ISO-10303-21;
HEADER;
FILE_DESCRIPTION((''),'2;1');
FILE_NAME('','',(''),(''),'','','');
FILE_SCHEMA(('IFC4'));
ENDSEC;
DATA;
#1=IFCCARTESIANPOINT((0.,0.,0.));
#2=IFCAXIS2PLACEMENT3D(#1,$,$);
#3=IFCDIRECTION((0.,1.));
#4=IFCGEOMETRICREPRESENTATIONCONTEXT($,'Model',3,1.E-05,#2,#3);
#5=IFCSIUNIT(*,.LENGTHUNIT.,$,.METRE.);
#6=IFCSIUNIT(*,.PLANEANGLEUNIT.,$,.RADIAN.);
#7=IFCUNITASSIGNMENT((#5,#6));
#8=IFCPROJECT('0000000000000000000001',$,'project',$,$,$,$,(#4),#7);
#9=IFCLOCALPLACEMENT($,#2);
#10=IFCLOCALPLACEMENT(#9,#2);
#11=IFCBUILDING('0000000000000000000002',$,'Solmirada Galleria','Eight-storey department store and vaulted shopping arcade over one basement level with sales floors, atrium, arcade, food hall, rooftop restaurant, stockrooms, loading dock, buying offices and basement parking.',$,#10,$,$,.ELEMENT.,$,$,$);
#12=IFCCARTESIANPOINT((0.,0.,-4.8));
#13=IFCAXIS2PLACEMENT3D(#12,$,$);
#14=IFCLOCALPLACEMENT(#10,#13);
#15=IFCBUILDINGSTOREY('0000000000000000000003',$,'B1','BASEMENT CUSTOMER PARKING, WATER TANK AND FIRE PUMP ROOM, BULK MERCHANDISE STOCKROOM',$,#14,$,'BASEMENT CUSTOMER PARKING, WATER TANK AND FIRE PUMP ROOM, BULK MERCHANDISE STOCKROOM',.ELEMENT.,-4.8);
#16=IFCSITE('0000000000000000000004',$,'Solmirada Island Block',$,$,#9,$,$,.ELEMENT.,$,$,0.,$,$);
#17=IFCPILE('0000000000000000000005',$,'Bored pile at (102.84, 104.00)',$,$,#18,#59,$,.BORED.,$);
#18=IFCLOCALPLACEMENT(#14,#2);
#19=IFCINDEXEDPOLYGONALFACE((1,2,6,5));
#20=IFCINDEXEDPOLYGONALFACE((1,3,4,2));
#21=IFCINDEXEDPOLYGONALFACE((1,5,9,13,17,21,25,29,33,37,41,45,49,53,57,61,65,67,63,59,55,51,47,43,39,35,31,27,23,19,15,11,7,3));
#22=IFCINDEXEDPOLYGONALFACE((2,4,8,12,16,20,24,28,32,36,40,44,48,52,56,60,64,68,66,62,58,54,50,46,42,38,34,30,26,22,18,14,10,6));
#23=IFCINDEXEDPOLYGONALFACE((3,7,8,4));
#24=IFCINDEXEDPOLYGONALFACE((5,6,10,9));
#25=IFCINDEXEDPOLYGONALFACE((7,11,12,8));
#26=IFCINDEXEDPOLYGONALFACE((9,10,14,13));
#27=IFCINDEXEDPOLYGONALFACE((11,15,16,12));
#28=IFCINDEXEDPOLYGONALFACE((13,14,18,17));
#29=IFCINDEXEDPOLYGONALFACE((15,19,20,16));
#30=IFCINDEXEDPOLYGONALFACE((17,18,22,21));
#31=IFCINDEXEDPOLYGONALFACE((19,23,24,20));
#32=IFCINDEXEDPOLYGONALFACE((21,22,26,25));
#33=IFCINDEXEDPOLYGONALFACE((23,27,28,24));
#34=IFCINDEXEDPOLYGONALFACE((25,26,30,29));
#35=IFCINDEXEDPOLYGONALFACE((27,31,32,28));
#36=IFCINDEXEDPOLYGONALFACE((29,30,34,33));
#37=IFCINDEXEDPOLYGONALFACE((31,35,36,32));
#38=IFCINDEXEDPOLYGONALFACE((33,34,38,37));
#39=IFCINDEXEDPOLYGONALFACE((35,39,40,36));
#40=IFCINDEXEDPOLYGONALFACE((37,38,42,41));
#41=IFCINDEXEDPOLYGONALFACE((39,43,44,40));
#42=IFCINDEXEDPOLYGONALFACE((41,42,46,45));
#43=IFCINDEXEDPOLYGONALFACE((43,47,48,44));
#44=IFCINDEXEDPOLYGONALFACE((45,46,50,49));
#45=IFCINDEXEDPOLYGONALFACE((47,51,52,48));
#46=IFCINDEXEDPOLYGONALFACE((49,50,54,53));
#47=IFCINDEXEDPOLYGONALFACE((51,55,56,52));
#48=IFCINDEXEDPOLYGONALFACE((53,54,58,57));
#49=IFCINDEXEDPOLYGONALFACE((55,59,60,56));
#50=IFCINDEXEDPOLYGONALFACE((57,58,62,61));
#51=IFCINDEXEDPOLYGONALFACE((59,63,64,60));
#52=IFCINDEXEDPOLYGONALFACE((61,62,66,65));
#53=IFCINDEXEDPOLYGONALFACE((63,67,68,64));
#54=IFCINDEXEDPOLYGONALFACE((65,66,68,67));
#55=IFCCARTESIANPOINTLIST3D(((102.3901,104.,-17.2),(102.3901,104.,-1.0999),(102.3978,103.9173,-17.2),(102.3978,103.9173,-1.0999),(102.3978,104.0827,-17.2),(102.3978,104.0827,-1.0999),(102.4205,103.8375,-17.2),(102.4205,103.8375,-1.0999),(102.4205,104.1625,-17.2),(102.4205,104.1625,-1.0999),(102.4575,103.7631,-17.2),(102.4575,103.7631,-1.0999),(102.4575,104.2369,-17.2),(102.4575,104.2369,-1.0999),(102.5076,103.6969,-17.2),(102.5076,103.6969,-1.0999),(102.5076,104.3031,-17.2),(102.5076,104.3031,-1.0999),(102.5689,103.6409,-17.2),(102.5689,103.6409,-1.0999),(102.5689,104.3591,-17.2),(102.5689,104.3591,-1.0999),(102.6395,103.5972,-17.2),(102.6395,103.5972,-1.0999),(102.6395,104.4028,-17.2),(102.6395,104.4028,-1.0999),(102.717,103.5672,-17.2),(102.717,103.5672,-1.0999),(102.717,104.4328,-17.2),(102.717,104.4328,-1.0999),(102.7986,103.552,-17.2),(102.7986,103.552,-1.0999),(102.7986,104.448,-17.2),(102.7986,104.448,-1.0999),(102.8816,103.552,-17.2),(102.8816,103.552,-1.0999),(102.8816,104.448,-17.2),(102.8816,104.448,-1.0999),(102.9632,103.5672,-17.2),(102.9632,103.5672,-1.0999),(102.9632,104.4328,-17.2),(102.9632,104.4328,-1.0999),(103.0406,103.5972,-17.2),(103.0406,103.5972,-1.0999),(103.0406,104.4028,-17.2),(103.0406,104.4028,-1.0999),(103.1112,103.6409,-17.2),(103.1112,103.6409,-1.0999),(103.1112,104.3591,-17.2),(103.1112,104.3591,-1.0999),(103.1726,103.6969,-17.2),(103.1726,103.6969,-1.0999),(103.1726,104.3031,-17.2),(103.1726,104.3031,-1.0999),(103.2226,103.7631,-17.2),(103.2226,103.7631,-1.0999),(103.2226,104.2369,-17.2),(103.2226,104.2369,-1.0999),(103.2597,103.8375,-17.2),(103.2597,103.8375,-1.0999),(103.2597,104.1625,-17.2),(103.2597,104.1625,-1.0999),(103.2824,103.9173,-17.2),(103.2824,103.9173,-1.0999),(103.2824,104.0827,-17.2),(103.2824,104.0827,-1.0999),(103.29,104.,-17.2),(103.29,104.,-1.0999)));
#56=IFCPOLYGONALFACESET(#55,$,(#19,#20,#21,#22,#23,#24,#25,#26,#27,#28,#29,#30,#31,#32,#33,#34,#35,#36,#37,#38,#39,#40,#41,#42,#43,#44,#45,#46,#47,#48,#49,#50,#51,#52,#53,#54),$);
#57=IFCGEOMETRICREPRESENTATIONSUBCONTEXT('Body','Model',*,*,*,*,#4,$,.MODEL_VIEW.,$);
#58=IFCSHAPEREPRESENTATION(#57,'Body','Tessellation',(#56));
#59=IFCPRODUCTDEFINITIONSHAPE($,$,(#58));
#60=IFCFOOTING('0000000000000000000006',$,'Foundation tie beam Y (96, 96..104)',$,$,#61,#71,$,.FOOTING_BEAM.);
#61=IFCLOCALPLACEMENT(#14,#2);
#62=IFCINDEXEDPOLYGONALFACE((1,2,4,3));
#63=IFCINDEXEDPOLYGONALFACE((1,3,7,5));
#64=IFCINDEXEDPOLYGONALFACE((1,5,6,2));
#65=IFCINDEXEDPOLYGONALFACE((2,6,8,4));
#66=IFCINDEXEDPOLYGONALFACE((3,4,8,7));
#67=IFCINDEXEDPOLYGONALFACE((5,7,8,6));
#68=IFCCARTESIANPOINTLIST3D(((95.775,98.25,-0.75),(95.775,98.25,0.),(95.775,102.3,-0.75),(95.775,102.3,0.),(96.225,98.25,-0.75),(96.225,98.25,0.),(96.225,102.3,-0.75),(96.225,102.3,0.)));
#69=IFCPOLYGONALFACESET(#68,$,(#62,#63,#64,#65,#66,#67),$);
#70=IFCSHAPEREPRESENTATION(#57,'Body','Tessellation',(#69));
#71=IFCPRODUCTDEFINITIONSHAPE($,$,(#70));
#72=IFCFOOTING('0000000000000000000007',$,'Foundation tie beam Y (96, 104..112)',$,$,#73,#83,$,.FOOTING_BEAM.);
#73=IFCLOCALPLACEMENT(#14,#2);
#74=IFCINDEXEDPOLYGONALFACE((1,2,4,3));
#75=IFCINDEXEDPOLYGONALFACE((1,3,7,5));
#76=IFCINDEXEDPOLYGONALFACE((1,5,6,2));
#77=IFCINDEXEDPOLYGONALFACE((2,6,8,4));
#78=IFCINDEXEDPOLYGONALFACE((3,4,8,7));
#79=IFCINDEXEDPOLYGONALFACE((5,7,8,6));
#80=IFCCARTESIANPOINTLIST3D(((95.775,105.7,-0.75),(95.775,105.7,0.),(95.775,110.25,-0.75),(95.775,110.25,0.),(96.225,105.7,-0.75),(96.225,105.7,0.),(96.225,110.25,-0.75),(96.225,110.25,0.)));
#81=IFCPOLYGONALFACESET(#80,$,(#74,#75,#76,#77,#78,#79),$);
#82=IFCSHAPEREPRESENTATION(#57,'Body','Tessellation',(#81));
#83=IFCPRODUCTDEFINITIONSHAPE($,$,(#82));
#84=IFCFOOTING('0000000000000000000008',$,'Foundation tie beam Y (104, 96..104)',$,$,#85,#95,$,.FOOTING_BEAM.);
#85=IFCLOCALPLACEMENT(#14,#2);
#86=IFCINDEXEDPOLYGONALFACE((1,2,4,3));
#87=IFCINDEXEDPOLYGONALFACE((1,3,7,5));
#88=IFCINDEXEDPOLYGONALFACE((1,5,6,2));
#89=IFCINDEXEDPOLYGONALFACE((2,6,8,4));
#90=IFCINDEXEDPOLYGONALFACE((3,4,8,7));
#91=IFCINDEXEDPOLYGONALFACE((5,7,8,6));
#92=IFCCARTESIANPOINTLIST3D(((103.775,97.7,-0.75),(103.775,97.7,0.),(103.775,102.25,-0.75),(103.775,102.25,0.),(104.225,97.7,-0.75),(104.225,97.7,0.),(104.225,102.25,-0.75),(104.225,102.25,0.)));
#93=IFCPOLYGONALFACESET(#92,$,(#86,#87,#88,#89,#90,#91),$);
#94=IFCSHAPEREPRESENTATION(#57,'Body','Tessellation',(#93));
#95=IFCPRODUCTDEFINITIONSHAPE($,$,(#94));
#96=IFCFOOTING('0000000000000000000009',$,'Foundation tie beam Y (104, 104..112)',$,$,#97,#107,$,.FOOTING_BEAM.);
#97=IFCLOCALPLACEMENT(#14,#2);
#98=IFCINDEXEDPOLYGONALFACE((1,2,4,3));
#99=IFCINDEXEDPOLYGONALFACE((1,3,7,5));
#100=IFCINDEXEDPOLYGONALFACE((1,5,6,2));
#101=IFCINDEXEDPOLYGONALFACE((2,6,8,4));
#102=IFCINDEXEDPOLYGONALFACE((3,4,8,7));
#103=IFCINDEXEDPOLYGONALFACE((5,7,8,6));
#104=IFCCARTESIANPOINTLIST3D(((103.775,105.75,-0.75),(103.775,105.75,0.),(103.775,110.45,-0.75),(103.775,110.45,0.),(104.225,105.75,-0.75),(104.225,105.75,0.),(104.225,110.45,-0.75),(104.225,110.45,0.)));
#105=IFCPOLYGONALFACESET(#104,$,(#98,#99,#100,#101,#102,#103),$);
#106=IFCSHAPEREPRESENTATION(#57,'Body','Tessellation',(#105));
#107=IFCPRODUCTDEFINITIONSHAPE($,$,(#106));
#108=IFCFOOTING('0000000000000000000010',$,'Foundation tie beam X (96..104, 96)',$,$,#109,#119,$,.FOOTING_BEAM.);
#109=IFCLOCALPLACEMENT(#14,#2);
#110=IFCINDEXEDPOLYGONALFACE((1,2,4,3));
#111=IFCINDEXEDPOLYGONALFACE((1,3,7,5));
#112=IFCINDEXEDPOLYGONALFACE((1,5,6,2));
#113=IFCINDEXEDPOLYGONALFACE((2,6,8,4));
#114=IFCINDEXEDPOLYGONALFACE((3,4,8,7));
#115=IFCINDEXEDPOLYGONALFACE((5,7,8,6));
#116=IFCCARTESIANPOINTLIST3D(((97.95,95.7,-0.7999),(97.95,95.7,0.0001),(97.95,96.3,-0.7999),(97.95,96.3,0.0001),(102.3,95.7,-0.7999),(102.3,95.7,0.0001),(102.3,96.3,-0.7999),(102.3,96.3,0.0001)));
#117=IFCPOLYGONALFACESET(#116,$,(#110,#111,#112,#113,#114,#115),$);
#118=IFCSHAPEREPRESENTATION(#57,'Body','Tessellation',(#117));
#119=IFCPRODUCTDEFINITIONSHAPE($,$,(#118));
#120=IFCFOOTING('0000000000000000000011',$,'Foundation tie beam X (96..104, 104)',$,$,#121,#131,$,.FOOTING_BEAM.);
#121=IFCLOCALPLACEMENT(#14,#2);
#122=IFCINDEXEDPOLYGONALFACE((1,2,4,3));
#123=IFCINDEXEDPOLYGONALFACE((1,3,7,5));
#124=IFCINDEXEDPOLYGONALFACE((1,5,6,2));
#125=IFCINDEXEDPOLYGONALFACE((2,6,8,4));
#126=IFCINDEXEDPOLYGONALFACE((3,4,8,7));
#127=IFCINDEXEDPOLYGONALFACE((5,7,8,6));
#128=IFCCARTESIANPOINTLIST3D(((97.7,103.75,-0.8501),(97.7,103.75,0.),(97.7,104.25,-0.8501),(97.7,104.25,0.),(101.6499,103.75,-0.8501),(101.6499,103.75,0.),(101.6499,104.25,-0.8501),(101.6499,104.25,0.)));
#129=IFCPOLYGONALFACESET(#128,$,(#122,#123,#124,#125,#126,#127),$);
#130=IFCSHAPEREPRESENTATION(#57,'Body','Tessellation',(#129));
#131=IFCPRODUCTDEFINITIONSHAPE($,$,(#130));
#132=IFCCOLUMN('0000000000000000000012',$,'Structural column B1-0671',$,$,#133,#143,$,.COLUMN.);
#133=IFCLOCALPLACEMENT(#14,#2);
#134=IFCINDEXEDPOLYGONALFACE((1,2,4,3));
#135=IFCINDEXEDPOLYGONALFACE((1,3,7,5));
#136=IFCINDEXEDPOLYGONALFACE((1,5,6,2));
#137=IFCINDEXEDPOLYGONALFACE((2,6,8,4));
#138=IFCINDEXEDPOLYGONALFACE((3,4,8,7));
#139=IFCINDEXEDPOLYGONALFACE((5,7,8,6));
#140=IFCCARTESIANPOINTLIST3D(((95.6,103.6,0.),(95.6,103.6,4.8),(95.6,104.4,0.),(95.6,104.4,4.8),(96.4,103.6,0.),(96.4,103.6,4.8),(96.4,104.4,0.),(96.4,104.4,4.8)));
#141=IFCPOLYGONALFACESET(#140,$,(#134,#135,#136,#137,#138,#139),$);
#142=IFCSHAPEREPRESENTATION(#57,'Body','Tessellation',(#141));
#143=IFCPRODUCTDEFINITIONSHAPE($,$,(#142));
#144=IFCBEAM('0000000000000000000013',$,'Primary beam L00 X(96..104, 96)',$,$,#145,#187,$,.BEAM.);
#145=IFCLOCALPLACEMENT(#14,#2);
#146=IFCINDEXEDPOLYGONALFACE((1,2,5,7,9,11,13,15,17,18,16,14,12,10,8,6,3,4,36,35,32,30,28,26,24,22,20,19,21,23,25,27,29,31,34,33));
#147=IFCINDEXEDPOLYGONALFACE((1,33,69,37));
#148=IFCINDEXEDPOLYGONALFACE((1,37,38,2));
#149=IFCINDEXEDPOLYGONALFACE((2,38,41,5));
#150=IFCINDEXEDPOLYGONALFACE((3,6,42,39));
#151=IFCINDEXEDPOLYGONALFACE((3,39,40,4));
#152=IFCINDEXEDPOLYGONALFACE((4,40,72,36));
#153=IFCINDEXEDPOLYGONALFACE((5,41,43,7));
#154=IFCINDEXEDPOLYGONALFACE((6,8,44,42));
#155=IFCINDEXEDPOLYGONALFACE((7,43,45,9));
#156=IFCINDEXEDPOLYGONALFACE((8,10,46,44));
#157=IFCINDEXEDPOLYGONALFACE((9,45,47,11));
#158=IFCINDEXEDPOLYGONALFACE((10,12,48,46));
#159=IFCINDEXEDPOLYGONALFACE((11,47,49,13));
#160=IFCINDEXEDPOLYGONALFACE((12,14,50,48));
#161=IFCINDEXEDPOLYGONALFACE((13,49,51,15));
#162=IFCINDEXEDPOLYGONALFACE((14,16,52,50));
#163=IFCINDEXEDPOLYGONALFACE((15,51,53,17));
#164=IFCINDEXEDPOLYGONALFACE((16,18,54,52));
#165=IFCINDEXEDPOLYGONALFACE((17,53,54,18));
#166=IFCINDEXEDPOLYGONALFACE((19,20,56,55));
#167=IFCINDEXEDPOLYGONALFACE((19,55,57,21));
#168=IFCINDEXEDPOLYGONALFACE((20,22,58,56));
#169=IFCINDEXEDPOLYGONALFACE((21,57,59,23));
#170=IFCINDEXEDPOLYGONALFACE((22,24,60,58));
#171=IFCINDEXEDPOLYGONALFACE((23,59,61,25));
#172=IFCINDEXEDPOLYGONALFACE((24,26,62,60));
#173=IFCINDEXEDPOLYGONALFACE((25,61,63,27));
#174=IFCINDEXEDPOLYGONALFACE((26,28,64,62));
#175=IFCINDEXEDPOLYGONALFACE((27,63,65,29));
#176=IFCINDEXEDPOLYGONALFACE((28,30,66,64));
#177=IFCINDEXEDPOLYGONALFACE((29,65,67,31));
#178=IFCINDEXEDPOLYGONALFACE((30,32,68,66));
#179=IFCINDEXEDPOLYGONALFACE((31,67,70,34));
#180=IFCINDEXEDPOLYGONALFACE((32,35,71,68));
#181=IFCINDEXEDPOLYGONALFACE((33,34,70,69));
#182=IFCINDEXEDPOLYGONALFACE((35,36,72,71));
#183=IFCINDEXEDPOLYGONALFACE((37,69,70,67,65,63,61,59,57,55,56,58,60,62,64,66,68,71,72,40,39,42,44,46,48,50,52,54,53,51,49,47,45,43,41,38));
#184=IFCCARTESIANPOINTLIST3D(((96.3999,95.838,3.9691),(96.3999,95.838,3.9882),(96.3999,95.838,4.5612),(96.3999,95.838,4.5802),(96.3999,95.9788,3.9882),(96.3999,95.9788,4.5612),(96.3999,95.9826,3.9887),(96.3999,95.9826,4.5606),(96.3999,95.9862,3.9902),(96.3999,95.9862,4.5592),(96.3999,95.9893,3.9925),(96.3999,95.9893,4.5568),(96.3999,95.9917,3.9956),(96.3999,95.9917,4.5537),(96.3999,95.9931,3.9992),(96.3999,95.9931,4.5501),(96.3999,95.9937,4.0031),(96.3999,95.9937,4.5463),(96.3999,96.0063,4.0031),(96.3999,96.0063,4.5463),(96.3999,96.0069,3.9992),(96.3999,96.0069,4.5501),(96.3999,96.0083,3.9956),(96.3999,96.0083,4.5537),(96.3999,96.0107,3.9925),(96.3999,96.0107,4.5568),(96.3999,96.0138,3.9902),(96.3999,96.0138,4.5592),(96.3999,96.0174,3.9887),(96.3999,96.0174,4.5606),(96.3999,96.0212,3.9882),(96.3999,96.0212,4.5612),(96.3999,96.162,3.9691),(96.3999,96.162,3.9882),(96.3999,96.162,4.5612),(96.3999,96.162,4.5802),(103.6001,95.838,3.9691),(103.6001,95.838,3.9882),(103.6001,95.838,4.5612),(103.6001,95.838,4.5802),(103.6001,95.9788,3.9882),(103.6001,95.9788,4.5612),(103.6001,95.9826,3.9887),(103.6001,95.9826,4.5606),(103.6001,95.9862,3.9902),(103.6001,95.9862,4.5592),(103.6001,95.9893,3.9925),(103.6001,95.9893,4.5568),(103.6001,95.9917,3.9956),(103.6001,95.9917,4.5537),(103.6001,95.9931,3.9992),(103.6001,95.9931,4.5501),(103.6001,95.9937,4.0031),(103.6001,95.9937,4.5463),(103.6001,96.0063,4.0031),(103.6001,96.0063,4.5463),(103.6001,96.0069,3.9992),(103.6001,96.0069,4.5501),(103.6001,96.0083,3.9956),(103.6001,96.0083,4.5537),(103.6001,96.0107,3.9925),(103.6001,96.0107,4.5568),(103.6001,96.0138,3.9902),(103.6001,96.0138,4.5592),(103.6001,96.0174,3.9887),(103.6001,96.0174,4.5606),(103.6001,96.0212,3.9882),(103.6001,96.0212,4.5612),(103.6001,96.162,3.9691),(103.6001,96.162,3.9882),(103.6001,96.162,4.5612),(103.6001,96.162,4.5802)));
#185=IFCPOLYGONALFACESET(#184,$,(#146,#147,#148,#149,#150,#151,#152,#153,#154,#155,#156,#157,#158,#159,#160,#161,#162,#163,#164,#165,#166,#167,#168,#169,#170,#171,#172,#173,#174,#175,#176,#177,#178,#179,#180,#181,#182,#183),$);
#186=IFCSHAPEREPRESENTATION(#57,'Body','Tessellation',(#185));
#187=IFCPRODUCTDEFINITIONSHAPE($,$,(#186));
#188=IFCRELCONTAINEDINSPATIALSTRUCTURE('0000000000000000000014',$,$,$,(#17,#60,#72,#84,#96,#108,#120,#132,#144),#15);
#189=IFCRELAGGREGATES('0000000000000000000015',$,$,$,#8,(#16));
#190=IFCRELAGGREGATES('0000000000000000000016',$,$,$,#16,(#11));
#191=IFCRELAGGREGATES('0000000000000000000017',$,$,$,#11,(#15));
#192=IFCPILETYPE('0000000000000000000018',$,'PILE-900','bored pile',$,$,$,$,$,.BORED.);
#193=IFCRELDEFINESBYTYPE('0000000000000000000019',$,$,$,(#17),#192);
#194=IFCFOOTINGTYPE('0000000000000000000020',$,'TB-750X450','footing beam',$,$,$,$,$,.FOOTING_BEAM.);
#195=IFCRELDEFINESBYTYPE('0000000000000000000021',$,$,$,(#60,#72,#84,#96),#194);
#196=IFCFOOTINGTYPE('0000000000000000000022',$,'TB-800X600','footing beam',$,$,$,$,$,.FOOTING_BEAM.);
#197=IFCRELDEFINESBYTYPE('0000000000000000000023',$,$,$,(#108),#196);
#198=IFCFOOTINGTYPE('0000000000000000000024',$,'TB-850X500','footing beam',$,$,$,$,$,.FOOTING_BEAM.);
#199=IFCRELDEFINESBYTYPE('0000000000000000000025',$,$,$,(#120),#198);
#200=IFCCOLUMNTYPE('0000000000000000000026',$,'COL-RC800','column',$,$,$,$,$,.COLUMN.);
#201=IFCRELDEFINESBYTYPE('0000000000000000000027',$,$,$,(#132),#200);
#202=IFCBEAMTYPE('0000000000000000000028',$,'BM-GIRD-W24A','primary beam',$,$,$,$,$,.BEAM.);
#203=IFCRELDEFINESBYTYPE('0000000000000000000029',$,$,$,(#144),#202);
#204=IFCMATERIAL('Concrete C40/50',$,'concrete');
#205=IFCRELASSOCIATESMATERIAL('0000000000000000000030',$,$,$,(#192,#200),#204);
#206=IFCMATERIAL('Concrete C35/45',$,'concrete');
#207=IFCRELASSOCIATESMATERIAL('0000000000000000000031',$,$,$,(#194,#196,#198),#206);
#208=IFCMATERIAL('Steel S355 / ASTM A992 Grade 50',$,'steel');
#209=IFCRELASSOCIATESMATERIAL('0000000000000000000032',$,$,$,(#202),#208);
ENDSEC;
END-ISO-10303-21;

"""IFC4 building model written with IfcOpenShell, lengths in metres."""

from ifc_helpers import new_model, si_unit, direction, frame, origin, origin_2d, place, context, subcontext, project, spatial, rectangle, circle, i_section, extrude, material, material_profile, profile_set, type_object, element, save


model = new_model("IFC4")

# Units and contexts
model_context = context("Model", 3, precision=1e-05, world=origin(), true_north=direction((0.0, 1.0)))
body_context = subcontext(model_context, "Body", "Model", "MODEL_VIEW")
ifc_project = project(units=[si_unit("LENGTHUNIT", "METRE"), si_unit("PLANEANGLEUNIT", "RADIAN")], contexts=[model_context])

# Site, building, storey
site_placement = place(None, origin())
site = spatial("IfcSite", under=ifc_project, at=site_placement, Name="Solmirada Island Block", CompositionType="ELEMENT", RefElevation=0.0)
building_placement = place(site_placement, origin())
building = spatial("IfcBuilding", under=site, at=building_placement, Name="Solmirada Galleria", Description="Eight-storey department store and vaulted shopping arcade over one basement level with sales floors, atrium, arcade, food hall, rooftop restaurant, stockrooms, loading dock, buying offices and basement parking.", CompositionType="ELEMENT")
storey_placement = place(building_placement, frame((0.0, 0.0, -4.8)))
storey = spatial("IfcBuildingStorey", under=building, at=storey_placement, Name="B1", Description="BASEMENT CUSTOMER PARKING, WATER TANK AND FIRE PUMP ROOM, BULK MERCHANDISE STOCKROOM", LongName="BASEMENT CUSTOMER PARKING, WATER TANK AND FIRE PUMP ROOM, BULK MERCHANDISE STOCKROOM", CompositionType="ELEMENT", Elevation=-4.8)

# Shared definitions
ifc_material_1 = material(Name="Concrete C35/45", Category="concrete")

# Pile
ifc_material_2 = material(Name="Concrete C40/50", Category="concrete")
ifc_material_profile_1 = material_profile(ifc_material_2, circle(Radius=0.45, at=origin_2d()), Name="PILE900")
ifc_profile_set_1 = profile_set([ifc_material_profile_1], Name="Concrete C40/50")
pile_type = type_object("IfcPileType", Name="PILE-900", Description="bored pile", PredefinedType="BORED", material=ifc_profile_set_1)
pile_1_placement = place(storey_placement, frame((102.8401, 104.0, -1.0999), z_axis=(0.0, 0.0, -1.0), x_axis=(1.0, 0.0, 0.0)))
element("IfcPile", 1, at=pile_1_placement, inside=storey, type_object=pile_type, Name="Bored pile at (102.84, 104.00)", PredefinedType="BORED", context=body_context, shape_type="SweptSolid", body=[
    extrude(circle(Radius=0.45, at=origin_2d()), origin(), (0.0, 0.0, 1.0), 16.1001),
])

# Footings
ifc_material_profile_2 = material_profile(ifc_material_1, rectangle(XDim=0.45, YDim=0.75, at=origin_2d()), Name="RC750X450")
ifc_profile_set_2 = profile_set([ifc_material_profile_2], Name="Concrete C35/45")
footing_type_1 = type_object("IfcFootingType", Name="TB-750X450", Description="footing beam", PredefinedType="FOOTING_BEAM", material=ifc_profile_set_2)
footing_1_placement = place(storey_placement, frame((96.0, 98.25, -0.375), z_axis=(0.0, 1.0, 0.0), x_axis=(-1.0, 0.0, 0.0)))
element("IfcFooting", 2, at=footing_1_placement, inside=storey, type_object=footing_type_1, Name="Foundation tie beam Y (96, 96..104)", PredefinedType="FOOTING_BEAM", context=body_context, shape_type="SweptSolid", body=[
    extrude(rectangle(XDim=0.45, YDim=0.75, at=origin_2d()), origin(), (0.0, 0.0, 1.0), 4.05),
])
for number, where, z_axis, x_axis, name in (
    (3, (96.0, 105.7, -0.375), (0.0, 1.0, 0.0), (-1.0, 0.0, 0.0), "Foundation tie beam Y (96, 104..112)"),
    (4, (104.0, 97.7, -0.375), (0.0, 1.0, 0.0), (-1.0, 0.0, 0.0), "Foundation tie beam Y (104, 96..104)"),
):
    element("IfcFooting", number, at=place(storey_placement, frame(where, z_axis=z_axis, x_axis=x_axis)), inside=storey, type_object=footing_type_1, Name=name, PredefinedType="FOOTING_BEAM", context=body_context, shape_type="SweptSolid", body=[
        extrude(rectangle(XDim=0.45, YDim=0.75, at=origin_2d()), origin(), (0.0, 0.0, 1.0), 4.55),
    ])
footing_2_placement = place(storey_placement, frame((104.0, 105.75, -0.375), z_axis=(0.0, 1.0, 0.0), x_axis=(-1.0, 0.0, 0.0)))
element("IfcFooting", 5, at=footing_2_placement, inside=storey, type_object=footing_type_1, Name="Foundation tie beam Y (104, 104..112)", PredefinedType="FOOTING_BEAM", context=body_context, shape_type="SweptSolid", body=[
    extrude(rectangle(XDim=0.45, YDim=0.75, at=origin_2d()), origin(), (0.0, 0.0, 1.0), 4.7),
])
ifc_material_profile_3 = material_profile(ifc_material_1, rectangle(XDim=0.6001, YDim=0.8, at=origin_2d()), Name="RC800X600")
ifc_profile_set_3 = profile_set([ifc_material_profile_3], Name="Concrete C35/45")
footing_type_2 = type_object("IfcFootingType", Name="TB-800X600", Description="footing beam", PredefinedType="FOOTING_BEAM", material=ifc_profile_set_3)
footing_3_placement = place(storey_placement, frame((97.95, 96.0, -0.3999), z_axis=(1.0, 0.0, 0.0), x_axis=(0.0, 1.0, 0.0)))
element("IfcFooting", 6, at=footing_3_placement, inside=storey, type_object=footing_type_2, Name="Foundation tie beam X (96..104, 96)", PredefinedType="FOOTING_BEAM", context=body_context, shape_type="SweptSolid", body=[
    extrude(rectangle(XDim=0.6001, YDim=0.8, at=origin_2d()), origin(), (0.0, 0.0, 1.0), 4.3501),
])
ifc_material_profile_4 = material_profile(ifc_material_1, rectangle(XDim=0.5, YDim=0.8501, at=origin_2d()), Name="RC850X500")
ifc_profile_set_4 = profile_set([ifc_material_profile_4], Name="Concrete C35/45")
footing_type_3 = type_object("IfcFootingType", Name="TB-850X500", Description="footing beam", PredefinedType="FOOTING_BEAM", material=ifc_profile_set_4)
footing_4_placement = place(storey_placement, frame((97.7, 104.0, -0.425), z_axis=(1.0, 0.0, 0.0), x_axis=(0.0, 1.0, 0.0)))
element("IfcFooting", 7, at=footing_4_placement, inside=storey, type_object=footing_type_3, Name="Foundation tie beam X (96..104, 104)", PredefinedType="FOOTING_BEAM", context=body_context, shape_type="SweptSolid", body=[
    extrude(rectangle(XDim=0.5, YDim=0.8501, at=origin_2d()), origin(), (0.0, 0.0, 1.0), 3.95),
])

# Column
ifc_material_profile_5 = material_profile(ifc_material_2, rectangle(XDim=0.8, YDim=0.8, at=origin_2d()), Name="RC800X800")
ifc_profile_set_5 = profile_set([ifc_material_profile_5], Name="Concrete C40/50")
column_type = type_object("IfcColumnType", Name="COL-RC800", Description="column", PredefinedType="COLUMN", material=ifc_profile_set_5)
column_placement = place(storey_placement, frame((96.0, 104.0, 0.0), z_axis=(0.0, 0.0, 1.0), x_axis=(1.0, 0.0, 0.0)))
element("IfcColumn", 8, at=column_placement, inside=storey, type_object=column_type, Name="Structural column B1-0671", PredefinedType="COLUMN", context=body_context, shape_type="SweptSolid", body=[
    extrude(rectangle(XDim=0.8, YDim=0.8, at=origin_2d()), origin(), (0.0, 0.0, 1.0), 4.8),
])

# Beam
ifc_material_3 = material(Name="Steel S355 / ASTM A992 Grade 50", Category="steel")
ifc_material_profile_6 = material_profile(ifc_material_3, i_section(OverallWidth=0.324, OverallDepth=0.6111, WebThickness=0.0127, FlangeThickness=0.019, FilletRadius=0.0149, at=origin_2d()), Name="W24X104")
ifc_profile_set_6 = profile_set([ifc_material_profile_6], Name="Steel S355 / ASTM A992 Grade 50")
beam_type_1 = type_object("IfcBeamType", Name="BM-GIRD-W24A", Description="primary beam", PredefinedType="BEAM", material=ifc_profile_set_6)
beam_1_placement = place(storey_placement, frame((96.3999, 96.0, 4.2747), z_axis=(1.0, 0.0, 0.0), x_axis=(0.0, 1.0, 0.0)))
element("IfcBeam", 9, at=beam_1_placement, inside=storey, type_object=beam_type_1, Name="Primary beam L00 X(96..104, 96)", PredefinedType="BEAM", context=body_context, shape_type="SweptSolid", body=[
    extrude(i_section(OverallWidth=0.324, OverallDepth=0.6111, WebThickness=0.0127, FlangeThickness=0.019, FilletRadius=0.0149, at=origin_2d()), origin(), (0.0, 0.0, 1.0), 7.2002),
])

save(model, "model.ifc")
